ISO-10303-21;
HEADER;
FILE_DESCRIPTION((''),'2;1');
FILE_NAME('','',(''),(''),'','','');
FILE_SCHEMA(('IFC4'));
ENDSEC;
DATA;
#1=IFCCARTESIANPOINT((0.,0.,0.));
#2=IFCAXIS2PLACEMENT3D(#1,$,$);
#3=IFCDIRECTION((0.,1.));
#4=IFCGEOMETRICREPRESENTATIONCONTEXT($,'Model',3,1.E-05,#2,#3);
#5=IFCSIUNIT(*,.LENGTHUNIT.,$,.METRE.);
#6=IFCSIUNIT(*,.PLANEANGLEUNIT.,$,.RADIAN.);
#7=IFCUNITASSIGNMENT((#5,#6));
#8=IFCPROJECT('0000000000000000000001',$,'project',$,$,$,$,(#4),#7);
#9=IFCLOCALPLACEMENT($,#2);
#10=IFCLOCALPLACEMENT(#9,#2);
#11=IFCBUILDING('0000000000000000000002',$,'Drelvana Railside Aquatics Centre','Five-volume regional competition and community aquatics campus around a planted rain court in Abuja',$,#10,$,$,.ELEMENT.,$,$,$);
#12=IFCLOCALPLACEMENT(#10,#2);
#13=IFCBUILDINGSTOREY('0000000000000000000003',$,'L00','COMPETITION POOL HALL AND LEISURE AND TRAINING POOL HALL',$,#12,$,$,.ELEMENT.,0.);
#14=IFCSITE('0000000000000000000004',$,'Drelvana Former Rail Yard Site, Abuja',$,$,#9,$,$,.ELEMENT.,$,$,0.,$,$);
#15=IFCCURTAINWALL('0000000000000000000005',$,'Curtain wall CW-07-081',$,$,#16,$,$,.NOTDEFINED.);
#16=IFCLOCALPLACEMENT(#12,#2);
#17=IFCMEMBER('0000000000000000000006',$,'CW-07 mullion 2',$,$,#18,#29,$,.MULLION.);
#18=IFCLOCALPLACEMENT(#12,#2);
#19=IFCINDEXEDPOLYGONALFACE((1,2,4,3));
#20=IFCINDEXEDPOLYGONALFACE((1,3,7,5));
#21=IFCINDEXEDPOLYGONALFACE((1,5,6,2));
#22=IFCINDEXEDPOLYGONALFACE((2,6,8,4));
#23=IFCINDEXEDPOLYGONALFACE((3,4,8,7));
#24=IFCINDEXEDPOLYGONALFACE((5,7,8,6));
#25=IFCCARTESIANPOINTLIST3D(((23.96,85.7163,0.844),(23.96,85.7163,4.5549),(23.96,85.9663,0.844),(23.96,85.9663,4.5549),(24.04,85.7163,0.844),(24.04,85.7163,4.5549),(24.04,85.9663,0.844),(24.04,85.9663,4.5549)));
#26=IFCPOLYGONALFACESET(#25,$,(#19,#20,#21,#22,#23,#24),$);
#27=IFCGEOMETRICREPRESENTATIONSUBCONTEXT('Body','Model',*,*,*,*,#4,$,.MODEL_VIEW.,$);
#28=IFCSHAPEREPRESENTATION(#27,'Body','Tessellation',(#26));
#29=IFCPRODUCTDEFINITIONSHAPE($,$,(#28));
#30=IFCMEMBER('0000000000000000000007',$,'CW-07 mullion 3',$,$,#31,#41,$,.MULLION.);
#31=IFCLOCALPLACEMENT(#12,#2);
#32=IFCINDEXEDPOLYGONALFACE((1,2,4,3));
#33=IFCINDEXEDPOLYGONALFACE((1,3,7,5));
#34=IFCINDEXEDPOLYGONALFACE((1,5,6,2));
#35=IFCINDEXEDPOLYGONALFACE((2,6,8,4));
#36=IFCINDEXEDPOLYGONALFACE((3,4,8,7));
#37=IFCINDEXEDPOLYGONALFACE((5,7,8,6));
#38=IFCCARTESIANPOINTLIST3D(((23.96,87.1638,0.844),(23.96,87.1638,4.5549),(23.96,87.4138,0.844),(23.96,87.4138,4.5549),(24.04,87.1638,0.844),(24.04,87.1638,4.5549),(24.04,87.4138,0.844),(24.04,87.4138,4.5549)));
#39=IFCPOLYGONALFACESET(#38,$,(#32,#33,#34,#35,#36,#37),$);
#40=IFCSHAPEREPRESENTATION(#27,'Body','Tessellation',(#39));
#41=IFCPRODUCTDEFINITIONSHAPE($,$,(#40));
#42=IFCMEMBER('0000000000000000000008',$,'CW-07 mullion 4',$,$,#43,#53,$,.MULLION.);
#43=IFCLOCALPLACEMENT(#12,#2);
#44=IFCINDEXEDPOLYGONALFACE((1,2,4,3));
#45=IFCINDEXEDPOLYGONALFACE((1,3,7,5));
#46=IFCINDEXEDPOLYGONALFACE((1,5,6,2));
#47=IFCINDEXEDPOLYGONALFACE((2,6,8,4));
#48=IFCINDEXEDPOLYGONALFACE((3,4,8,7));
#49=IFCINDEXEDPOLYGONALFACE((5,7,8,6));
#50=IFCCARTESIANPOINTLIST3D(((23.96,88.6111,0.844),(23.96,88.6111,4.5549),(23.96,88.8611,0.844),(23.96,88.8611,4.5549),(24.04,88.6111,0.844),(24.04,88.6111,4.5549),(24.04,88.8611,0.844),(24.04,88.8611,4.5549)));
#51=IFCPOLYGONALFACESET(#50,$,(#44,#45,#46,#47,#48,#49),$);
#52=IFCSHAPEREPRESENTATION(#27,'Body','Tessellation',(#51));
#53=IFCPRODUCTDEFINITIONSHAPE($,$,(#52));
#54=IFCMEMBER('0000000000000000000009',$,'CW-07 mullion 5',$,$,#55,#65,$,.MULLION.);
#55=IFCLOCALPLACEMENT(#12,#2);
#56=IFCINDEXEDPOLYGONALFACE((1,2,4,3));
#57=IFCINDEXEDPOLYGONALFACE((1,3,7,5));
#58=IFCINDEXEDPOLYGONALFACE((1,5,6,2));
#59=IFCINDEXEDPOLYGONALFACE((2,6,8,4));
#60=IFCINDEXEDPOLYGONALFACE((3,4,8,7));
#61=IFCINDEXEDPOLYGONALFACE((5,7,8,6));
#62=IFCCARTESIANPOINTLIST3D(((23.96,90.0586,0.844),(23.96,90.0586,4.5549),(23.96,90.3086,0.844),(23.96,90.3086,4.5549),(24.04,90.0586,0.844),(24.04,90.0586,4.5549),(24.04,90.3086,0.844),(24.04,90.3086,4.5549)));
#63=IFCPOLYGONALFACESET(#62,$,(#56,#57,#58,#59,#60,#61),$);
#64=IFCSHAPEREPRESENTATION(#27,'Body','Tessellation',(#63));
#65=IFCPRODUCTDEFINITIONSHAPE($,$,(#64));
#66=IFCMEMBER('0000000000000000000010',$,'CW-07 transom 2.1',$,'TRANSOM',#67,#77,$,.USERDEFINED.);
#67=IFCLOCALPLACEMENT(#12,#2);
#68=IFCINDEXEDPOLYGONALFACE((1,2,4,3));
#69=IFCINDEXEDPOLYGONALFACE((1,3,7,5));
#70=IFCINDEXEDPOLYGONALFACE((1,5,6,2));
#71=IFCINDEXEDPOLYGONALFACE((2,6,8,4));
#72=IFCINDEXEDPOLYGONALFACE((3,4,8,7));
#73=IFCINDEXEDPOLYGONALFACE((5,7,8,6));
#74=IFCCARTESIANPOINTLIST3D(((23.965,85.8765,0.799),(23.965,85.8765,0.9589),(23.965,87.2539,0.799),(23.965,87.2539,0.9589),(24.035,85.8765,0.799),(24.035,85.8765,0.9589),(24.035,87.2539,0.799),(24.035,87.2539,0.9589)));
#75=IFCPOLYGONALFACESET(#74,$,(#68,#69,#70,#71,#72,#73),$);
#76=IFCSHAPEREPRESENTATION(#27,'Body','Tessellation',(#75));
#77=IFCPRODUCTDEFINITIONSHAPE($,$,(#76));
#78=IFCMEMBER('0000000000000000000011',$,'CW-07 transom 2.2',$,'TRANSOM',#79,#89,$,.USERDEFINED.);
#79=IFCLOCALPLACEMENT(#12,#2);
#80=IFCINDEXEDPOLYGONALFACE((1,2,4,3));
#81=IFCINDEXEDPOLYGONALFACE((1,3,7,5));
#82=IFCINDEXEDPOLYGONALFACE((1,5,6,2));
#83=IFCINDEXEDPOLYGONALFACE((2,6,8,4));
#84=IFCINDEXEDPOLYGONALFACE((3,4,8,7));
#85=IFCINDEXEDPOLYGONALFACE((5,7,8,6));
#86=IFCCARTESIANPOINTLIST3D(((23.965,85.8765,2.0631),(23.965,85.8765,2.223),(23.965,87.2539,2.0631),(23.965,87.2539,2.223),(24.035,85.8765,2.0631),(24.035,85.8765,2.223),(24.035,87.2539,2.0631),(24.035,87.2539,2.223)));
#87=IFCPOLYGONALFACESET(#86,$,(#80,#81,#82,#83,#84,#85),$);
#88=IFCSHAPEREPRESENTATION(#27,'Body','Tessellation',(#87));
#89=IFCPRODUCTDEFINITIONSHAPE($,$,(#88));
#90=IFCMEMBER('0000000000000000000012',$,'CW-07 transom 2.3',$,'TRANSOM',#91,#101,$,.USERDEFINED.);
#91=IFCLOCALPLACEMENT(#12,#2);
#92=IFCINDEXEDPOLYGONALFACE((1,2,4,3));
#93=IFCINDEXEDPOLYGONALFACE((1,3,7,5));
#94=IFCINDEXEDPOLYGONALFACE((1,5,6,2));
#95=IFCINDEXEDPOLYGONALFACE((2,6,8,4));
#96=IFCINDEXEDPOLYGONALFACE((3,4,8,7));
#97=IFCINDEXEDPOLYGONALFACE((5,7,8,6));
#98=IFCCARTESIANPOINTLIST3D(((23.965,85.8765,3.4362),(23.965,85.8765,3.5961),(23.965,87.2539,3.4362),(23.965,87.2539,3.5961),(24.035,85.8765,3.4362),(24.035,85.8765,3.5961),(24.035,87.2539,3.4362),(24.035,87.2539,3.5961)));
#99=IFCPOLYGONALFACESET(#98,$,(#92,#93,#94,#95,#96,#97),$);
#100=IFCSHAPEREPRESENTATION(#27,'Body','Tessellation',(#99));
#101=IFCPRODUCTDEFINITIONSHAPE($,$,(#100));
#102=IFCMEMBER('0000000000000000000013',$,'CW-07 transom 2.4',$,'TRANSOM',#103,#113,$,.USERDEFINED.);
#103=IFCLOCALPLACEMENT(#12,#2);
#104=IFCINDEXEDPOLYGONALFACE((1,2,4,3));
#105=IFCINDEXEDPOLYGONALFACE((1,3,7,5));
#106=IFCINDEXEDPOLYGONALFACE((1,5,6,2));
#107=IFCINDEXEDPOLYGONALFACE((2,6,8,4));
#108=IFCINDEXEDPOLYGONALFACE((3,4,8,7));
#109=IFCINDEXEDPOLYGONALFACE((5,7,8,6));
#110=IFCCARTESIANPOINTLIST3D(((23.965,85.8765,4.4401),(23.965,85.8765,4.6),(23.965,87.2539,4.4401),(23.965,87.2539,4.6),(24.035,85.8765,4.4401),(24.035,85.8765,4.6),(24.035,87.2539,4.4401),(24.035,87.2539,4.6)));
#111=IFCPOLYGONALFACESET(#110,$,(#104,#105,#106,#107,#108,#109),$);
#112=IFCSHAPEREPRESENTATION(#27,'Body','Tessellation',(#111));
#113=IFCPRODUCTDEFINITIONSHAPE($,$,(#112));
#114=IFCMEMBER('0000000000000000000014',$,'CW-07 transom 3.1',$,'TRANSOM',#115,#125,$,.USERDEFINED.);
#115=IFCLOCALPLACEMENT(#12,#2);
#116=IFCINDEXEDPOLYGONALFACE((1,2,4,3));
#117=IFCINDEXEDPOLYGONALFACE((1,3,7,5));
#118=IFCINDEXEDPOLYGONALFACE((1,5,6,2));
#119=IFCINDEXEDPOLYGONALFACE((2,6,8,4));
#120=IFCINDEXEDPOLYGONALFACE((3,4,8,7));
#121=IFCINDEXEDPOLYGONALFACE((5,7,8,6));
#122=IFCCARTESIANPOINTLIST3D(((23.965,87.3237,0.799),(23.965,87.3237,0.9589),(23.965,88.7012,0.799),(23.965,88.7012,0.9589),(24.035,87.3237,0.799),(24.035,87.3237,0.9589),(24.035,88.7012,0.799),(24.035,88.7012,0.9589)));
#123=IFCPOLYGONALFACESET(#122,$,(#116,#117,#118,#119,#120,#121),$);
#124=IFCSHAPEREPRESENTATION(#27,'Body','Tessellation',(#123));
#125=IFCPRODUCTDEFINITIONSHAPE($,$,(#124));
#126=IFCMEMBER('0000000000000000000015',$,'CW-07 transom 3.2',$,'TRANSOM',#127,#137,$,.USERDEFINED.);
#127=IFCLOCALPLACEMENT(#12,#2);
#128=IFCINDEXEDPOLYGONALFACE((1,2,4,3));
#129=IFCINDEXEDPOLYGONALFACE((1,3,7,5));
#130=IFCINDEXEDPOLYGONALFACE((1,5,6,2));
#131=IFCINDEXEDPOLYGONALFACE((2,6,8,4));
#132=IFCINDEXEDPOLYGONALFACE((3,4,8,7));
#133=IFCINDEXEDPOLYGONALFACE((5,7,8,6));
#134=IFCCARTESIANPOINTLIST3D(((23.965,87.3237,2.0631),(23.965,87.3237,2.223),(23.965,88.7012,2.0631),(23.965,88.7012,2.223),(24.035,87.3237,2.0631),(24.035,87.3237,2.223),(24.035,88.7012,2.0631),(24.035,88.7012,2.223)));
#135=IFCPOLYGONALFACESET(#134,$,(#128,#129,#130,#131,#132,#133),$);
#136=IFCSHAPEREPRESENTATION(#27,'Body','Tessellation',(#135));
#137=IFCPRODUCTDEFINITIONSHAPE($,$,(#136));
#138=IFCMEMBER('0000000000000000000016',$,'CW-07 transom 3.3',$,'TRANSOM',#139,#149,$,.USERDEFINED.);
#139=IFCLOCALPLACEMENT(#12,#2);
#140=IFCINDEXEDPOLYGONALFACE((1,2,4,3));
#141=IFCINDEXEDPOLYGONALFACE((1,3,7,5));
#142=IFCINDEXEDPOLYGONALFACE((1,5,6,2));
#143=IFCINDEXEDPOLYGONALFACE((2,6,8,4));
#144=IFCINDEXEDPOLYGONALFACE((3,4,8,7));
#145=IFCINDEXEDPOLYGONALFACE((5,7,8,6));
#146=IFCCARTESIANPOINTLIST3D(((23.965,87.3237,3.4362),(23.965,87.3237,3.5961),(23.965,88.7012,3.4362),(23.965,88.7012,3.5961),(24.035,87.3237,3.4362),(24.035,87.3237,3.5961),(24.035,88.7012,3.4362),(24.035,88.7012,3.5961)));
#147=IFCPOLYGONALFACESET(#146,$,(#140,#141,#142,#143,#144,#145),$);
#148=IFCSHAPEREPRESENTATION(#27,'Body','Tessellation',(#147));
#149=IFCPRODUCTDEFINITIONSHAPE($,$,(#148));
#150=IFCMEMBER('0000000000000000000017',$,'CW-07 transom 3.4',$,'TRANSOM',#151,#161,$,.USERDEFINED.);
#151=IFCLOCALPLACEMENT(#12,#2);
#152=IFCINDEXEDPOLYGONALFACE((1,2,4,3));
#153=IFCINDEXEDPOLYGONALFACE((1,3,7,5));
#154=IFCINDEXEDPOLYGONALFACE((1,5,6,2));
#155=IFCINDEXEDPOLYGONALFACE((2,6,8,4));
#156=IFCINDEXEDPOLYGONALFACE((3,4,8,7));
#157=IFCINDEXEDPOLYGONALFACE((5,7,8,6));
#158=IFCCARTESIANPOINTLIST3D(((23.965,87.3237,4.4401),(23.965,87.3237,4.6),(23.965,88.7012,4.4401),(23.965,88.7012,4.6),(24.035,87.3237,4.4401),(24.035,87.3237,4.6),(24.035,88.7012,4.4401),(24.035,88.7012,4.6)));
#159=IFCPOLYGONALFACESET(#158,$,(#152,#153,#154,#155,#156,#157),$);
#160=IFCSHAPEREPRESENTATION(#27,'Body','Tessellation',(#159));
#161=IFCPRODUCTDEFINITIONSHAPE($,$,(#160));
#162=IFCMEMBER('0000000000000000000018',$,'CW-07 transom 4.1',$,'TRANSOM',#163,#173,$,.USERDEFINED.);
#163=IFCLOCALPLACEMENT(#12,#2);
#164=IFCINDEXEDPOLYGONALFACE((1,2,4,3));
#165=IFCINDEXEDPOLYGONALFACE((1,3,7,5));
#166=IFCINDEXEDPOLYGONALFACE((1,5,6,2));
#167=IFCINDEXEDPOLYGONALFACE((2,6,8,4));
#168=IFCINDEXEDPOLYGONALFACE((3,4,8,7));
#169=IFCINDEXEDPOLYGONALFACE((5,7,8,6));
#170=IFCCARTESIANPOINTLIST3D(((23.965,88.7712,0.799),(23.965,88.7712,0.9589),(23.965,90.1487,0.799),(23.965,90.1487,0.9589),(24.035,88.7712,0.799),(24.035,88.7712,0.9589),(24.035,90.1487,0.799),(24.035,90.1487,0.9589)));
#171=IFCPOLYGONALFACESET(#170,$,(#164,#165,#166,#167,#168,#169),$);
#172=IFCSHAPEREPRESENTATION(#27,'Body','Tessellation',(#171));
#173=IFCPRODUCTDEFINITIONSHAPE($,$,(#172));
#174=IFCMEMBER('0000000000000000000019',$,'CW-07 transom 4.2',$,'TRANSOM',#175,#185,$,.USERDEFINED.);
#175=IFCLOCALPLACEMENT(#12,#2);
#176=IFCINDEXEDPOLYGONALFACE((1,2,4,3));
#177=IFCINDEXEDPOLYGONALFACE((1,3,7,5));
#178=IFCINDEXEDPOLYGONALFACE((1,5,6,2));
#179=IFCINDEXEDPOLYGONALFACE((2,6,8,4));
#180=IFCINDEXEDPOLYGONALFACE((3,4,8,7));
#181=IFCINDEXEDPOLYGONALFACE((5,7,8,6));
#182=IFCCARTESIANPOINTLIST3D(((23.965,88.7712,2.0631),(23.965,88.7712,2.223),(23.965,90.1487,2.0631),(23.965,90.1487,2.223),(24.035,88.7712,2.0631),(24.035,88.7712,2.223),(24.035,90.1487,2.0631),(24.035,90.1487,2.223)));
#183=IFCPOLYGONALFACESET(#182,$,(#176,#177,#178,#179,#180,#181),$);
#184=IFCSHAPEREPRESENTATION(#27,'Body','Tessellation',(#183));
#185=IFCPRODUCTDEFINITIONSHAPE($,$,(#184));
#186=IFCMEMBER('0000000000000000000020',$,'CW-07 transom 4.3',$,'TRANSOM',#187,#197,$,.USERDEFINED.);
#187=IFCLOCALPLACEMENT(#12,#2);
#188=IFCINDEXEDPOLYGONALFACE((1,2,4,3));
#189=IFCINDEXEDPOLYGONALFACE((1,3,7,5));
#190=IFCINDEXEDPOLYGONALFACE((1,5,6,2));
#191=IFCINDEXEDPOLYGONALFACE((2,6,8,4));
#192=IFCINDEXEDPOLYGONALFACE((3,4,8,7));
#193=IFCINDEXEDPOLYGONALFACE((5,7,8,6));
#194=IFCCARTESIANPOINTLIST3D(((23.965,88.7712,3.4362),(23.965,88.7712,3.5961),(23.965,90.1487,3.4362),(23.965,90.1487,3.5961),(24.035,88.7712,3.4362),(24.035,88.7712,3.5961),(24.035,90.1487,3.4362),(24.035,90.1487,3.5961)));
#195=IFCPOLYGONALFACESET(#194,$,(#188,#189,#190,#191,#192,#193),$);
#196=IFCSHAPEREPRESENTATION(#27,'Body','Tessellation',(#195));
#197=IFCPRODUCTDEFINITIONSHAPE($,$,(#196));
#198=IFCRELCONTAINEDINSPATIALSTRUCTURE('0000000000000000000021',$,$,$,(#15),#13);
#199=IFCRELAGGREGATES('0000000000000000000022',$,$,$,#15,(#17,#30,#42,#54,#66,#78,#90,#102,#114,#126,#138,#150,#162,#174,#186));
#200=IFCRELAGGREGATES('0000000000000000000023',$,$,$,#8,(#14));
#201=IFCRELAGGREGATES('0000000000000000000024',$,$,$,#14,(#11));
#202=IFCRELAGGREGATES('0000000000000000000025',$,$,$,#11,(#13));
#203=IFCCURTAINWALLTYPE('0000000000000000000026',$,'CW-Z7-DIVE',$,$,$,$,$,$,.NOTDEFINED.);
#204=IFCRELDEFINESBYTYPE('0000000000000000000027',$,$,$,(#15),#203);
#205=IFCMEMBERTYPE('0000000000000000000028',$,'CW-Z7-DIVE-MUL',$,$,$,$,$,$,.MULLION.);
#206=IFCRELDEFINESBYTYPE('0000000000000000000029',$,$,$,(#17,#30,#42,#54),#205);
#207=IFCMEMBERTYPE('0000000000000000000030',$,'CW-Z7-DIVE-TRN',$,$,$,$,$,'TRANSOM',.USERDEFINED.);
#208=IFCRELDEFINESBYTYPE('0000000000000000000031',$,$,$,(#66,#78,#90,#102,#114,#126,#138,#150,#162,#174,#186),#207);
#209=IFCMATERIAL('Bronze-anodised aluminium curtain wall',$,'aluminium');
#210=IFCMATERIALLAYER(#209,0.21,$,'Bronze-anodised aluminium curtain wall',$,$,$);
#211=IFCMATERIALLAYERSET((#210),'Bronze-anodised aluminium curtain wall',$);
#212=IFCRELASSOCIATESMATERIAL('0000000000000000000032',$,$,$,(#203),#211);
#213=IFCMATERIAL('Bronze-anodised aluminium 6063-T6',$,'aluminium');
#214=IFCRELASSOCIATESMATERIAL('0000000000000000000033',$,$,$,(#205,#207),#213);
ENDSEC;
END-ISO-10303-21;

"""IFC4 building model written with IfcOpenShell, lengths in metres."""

from ifc_helpers import new_model, si_unit, direction, frame, origin, origin_2d, place, context, subcontext, project, spatial, rectangle, extrude, material, layer, layer_set, material_profile, profile_set, type_object, element, aggregate, save


model = new_model("IFC4")

# Units and contexts
model_context = context("Model", 3, precision=1e-05, world=origin(), true_north=direction((0.0, 1.0)))
body_context = subcontext(model_context, "Body", "Model", "MODEL_VIEW")
ifc_project = project(units=[si_unit("LENGTHUNIT", "METRE"), si_unit("PLANEANGLEUNIT", "RADIAN")], contexts=[model_context])

# Site, building, storey
site_placement = place(None, origin())
site = spatial("IfcSite", under=ifc_project, at=site_placement, Name="Drelvana Former Rail Yard Site, Abuja", CompositionType="ELEMENT", RefElevation=0.0)
building_placement = place(site_placement, origin())
building = spatial("IfcBuilding", under=site, at=building_placement, Name="Drelvana Railside Aquatics Centre", Description="Five-volume regional competition and community aquatics campus around a planted rain court in Abuja", CompositionType="ELEMENT")
storey_placement = place(building_placement, origin())
storey = spatial("IfcBuildingStorey", under=building, at=storey_placement, Name="L00", Description="COMPETITION POOL HALL AND LEISURE AND TRAINING POOL HALL", CompositionType="ELEMENT", Elevation=0.0)

# Curtain wall, members
ifc_material_1 = material(Name="Bronze-anodised aluminium curtain wall", Category="aluminium")
ifc_layer_1 = layer(ifc_material_1, 0.21, Name="Bronze-anodised aluminium curtain wall")
ifc_layer_set_1 = layer_set([ifc_layer_1], Name="Bronze-anodised aluminium curtain wall")
curtain_wall_type = type_object("IfcCurtainWallType", Name="CW-Z7-DIVE", PredefinedType="NOTDEFINED", material=ifc_layer_set_1)
curtain_wall_placement = place(storey_placement, origin())
curtain_wall = element("IfcCurtainWall", 1, at=curtain_wall_placement, inside=storey, type_object=curtain_wall_type, Name="Curtain wall CW-07-081", PredefinedType="NOTDEFINED")
ifc_material_2 = material(Name="Bronze-anodised aluminium 6063-T6", Category="aluminium")
ifc_material_profile_1 = material_profile(ifc_material_2, rectangle(XDim=0.0801, YDim=0.25, at=origin_2d()), Name="ALU-M 80x250")
ifc_profile_set_1 = profile_set([ifc_material_profile_1], Name="Bronze-anodised aluminium 6063-T6")
member_type_1 = type_object("IfcMemberType", Name="CW-Z7-DIVE-MUL", PredefinedType="MULLION", material=ifc_profile_set_1)
member_1_placement = place(storey_placement, frame((24.0, 85.8413, 0.844), z_axis=(0.0, 0.0, 1.0), x_axis=(-1.0, 0.0, 0.0)))
member_1 = element("IfcMember", 2, at=member_1_placement, type_object=member_type_1, Name="CW-07 mullion 2", PredefinedType="MULLION", context=body_context, shape_type="SweptSolid", body=[
    extrude(rectangle(XDim=0.0801, YDim=0.25, at=origin_2d()), origin(), (0.0, 0.0, 1.0), 3.7109),
])
member_2_placement = place(storey_placement, frame((24.0, 87.2888, 0.844), z_axis=(0.0, 0.0, 1.0), x_axis=(-1.0, 0.0, 0.0)))
member_2 = element("IfcMember", 3, at=member_2_placement, type_object=member_type_1, Name="CW-07 mullion 3", PredefinedType="MULLION", context=body_context, shape_type="SweptSolid", body=[
    extrude(rectangle(XDim=0.0801, YDim=0.25, at=origin_2d()), origin(), (0.0, 0.0, 1.0), 3.7109),
])
member_3_placement = place(storey_placement, frame((24.0, 88.7361, 0.844), z_axis=(0.0, 0.0, 1.0), x_axis=(-1.0, 0.0, 0.0)))
member_3 = element("IfcMember", 4, at=member_3_placement, type_object=member_type_1, Name="CW-07 mullion 4", PredefinedType="MULLION", context=body_context, shape_type="SweptSolid", body=[
    extrude(rectangle(XDim=0.0801, YDim=0.25, at=origin_2d()), origin(), (0.0, 0.0, 1.0), 3.7109),
])
member_4_placement = place(storey_placement, frame((24.0, 90.1836, 0.844), z_axis=(0.0, 0.0, 1.0), x_axis=(-1.0, 0.0, 0.0)))
member_4 = element("IfcMember", 5, at=member_4_placement, type_object=member_type_1, Name="CW-07 mullion 5", PredefinedType="MULLION", context=body_context, shape_type="SweptSolid", body=[
    extrude(rectangle(XDim=0.0801, YDim=0.25, at=origin_2d()), origin(), (0.0, 0.0, 1.0), 3.7109),
])
ifc_material_profile_2 = material_profile(ifc_material_2, rectangle(XDim=0.1599, YDim=0.0701, at=origin_2d()), Name="ALU-T 70x160")
ifc_profile_set_2 = profile_set([ifc_material_profile_2], Name="Bronze-anodised aluminium 6063-T6")
member_type_2 = type_object("IfcMemberType", Name="CW-Z7-DIVE-TRN", ElementType="TRANSOM", PredefinedType="USERDEFINED", material=ifc_profile_set_2)
member_5_placement = place(storey_placement, frame((24.0, 85.8765, 0.8789), z_axis=(0.0, 1.0, 0.0), x_axis=(0.0, 0.0, 1.0)))
member_5 = element("IfcMember", 6, at=member_5_placement, type_object=member_type_2, Name="CW-07 transom 2.1", ObjectType="TRANSOM", PredefinedType="USERDEFINED", context=body_context, shape_type="SweptSolid", body=[
    extrude(rectangle(XDim=0.1599, YDim=0.0701, at=origin_2d()), origin(), (0.0, 0.0, 1.0), 1.3774),
])
member_6_placement = place(storey_placement, frame((24.0, 85.8765, 2.1431), z_axis=(0.0, 1.0, 0.0), x_axis=(0.0, 0.0, 1.0)))
member_6 = element("IfcMember", 7, at=member_6_placement, type_object=member_type_2, Name="CW-07 transom 2.2", ObjectType="TRANSOM", PredefinedType="USERDEFINED", context=body_context, shape_type="SweptSolid", body=[
    extrude(rectangle(XDim=0.1599, YDim=0.0701, at=origin_2d()), origin(), (0.0, 0.0, 1.0), 1.3774),
])
member_7_placement = place(storey_placement, frame((24.0, 85.8765, 3.5161), z_axis=(0.0, 1.0, 0.0), x_axis=(0.0, 0.0, 1.0)))
member_7 = element("IfcMember", 8, at=member_7_placement, type_object=member_type_2, Name="CW-07 transom 2.3", ObjectType="TRANSOM", PredefinedType="USERDEFINED", context=body_context, shape_type="SweptSolid", body=[
    extrude(rectangle(XDim=0.1599, YDim=0.0701, at=origin_2d()), origin(), (0.0, 0.0, 1.0), 1.3774),
])
member_8_placement = place(storey_placement, frame((24.0, 85.8765, 4.52), z_axis=(0.0, 1.0, 0.0), x_axis=(0.0, 0.0, 1.0)))
member_8 = element("IfcMember", 9, at=member_8_placement, type_object=member_type_2, Name="CW-07 transom 2.4", ObjectType="TRANSOM", PredefinedType="USERDEFINED", context=body_context, shape_type="SweptSolid", body=[
    extrude(rectangle(XDim=0.1599, YDim=0.0701, at=origin_2d()), origin(), (0.0, 0.0, 1.0), 1.3774),
])
member_9_placement = place(storey_placement, frame((24.0, 87.3237, 0.8789), z_axis=(0.0, 1.0, 0.0), x_axis=(0.0, 0.0, 1.0)))
member_9 = element("IfcMember", 10, at=member_9_placement, type_object=member_type_2, Name="CW-07 transom 3.1", ObjectType="TRANSOM", PredefinedType="USERDEFINED", context=body_context, shape_type="SweptSolid", body=[
    extrude(rectangle(XDim=0.1599, YDim=0.0701, at=origin_2d()), origin(), (0.0, 0.0, 1.0), 1.3774),
])
member_10_placement = place(storey_placement, frame((24.0, 87.3237, 2.1431), z_axis=(0.0, 1.0, 0.0), x_axis=(0.0, 0.0, 1.0)))
member_10 = element("IfcMember", 11, at=member_10_placement, type_object=member_type_2, Name="CW-07 transom 3.2", ObjectType="TRANSOM", PredefinedType="USERDEFINED", context=body_context, shape_type="SweptSolid", body=[
    extrude(rectangle(XDim=0.1599, YDim=0.0701, at=origin_2d()), origin(), (0.0, 0.0, 1.0), 1.3774),
])
member_11_placement = place(storey_placement, frame((24.0, 87.3237, 3.5161), z_axis=(0.0, 1.0, 0.0), x_axis=(0.0, 0.0, 1.0)))
member_11 = element("IfcMember", 12, at=member_11_placement, type_object=member_type_2, Name="CW-07 transom 3.3", ObjectType="TRANSOM", PredefinedType="USERDEFINED", context=body_context, shape_type="SweptSolid", body=[
    extrude(rectangle(XDim=0.1599, YDim=0.0701, at=origin_2d()), origin(), (0.0, 0.0, 1.0), 1.3774),
])
member_12_placement = place(storey_placement, frame((24.0, 87.3237, 4.52), z_axis=(0.0, 1.0, 0.0), x_axis=(0.0, 0.0, 1.0)))
member_12 = element("IfcMember", 13, at=member_12_placement, type_object=member_type_2, Name="CW-07 transom 3.4", ObjectType="TRANSOM", PredefinedType="USERDEFINED", context=body_context, shape_type="SweptSolid", body=[
    extrude(rectangle(XDim=0.1599, YDim=0.0701, at=origin_2d()), origin(), (0.0, 0.0, 1.0), 1.3774),
])
member_13_placement = place(storey_placement, frame((24.0, 88.7712, 0.8789), z_axis=(0.0, 1.0, 0.0), x_axis=(0.0, 0.0, 1.0)))
member_13 = element("IfcMember", 14, at=member_13_placement, type_object=member_type_2, Name="CW-07 transom 4.1", ObjectType="TRANSOM", PredefinedType="USERDEFINED", context=body_context, shape_type="SweptSolid", body=[
    extrude(rectangle(XDim=0.1599, YDim=0.0701, at=origin_2d()), origin(), (0.0, 0.0, 1.0), 1.3774),
])
member_14_placement = place(storey_placement, frame((24.0, 88.7712, 2.1431), z_axis=(0.0, 1.0, 0.0), x_axis=(0.0, 0.0, 1.0)))
member_14 = element("IfcMember", 15, at=member_14_placement, type_object=member_type_2, Name="CW-07 transom 4.2", ObjectType="TRANSOM", PredefinedType="USERDEFINED", context=body_context, shape_type="SweptSolid", body=[
    extrude(rectangle(XDim=0.1599, YDim=0.0701, at=origin_2d()), origin(), (0.0, 0.0, 1.0), 1.3774),
])
member_15_placement = place(storey_placement, frame((24.0, 88.7712, 3.5161), z_axis=(0.0, 1.0, 0.0), x_axis=(0.0, 0.0, 1.0)))
member_15 = element("IfcMember", 16, at=member_15_placement, type_object=member_type_2, Name="CW-07 transom 4.3", ObjectType="TRANSOM", PredefinedType="USERDEFINED", context=body_context, shape_type="SweptSolid", body=[
    extrude(rectangle(XDim=0.1599, YDim=0.0701, at=origin_2d()), origin(), (0.0, 0.0, 1.0), 1.3774),
])
aggregate(curtain_wall, [member_1, member_2, member_3, member_4, member_5, member_6, member_7, member_8, member_9, member_10, member_11, member_12, member_13, member_14, member_15])

save(model, "model.ifc")
